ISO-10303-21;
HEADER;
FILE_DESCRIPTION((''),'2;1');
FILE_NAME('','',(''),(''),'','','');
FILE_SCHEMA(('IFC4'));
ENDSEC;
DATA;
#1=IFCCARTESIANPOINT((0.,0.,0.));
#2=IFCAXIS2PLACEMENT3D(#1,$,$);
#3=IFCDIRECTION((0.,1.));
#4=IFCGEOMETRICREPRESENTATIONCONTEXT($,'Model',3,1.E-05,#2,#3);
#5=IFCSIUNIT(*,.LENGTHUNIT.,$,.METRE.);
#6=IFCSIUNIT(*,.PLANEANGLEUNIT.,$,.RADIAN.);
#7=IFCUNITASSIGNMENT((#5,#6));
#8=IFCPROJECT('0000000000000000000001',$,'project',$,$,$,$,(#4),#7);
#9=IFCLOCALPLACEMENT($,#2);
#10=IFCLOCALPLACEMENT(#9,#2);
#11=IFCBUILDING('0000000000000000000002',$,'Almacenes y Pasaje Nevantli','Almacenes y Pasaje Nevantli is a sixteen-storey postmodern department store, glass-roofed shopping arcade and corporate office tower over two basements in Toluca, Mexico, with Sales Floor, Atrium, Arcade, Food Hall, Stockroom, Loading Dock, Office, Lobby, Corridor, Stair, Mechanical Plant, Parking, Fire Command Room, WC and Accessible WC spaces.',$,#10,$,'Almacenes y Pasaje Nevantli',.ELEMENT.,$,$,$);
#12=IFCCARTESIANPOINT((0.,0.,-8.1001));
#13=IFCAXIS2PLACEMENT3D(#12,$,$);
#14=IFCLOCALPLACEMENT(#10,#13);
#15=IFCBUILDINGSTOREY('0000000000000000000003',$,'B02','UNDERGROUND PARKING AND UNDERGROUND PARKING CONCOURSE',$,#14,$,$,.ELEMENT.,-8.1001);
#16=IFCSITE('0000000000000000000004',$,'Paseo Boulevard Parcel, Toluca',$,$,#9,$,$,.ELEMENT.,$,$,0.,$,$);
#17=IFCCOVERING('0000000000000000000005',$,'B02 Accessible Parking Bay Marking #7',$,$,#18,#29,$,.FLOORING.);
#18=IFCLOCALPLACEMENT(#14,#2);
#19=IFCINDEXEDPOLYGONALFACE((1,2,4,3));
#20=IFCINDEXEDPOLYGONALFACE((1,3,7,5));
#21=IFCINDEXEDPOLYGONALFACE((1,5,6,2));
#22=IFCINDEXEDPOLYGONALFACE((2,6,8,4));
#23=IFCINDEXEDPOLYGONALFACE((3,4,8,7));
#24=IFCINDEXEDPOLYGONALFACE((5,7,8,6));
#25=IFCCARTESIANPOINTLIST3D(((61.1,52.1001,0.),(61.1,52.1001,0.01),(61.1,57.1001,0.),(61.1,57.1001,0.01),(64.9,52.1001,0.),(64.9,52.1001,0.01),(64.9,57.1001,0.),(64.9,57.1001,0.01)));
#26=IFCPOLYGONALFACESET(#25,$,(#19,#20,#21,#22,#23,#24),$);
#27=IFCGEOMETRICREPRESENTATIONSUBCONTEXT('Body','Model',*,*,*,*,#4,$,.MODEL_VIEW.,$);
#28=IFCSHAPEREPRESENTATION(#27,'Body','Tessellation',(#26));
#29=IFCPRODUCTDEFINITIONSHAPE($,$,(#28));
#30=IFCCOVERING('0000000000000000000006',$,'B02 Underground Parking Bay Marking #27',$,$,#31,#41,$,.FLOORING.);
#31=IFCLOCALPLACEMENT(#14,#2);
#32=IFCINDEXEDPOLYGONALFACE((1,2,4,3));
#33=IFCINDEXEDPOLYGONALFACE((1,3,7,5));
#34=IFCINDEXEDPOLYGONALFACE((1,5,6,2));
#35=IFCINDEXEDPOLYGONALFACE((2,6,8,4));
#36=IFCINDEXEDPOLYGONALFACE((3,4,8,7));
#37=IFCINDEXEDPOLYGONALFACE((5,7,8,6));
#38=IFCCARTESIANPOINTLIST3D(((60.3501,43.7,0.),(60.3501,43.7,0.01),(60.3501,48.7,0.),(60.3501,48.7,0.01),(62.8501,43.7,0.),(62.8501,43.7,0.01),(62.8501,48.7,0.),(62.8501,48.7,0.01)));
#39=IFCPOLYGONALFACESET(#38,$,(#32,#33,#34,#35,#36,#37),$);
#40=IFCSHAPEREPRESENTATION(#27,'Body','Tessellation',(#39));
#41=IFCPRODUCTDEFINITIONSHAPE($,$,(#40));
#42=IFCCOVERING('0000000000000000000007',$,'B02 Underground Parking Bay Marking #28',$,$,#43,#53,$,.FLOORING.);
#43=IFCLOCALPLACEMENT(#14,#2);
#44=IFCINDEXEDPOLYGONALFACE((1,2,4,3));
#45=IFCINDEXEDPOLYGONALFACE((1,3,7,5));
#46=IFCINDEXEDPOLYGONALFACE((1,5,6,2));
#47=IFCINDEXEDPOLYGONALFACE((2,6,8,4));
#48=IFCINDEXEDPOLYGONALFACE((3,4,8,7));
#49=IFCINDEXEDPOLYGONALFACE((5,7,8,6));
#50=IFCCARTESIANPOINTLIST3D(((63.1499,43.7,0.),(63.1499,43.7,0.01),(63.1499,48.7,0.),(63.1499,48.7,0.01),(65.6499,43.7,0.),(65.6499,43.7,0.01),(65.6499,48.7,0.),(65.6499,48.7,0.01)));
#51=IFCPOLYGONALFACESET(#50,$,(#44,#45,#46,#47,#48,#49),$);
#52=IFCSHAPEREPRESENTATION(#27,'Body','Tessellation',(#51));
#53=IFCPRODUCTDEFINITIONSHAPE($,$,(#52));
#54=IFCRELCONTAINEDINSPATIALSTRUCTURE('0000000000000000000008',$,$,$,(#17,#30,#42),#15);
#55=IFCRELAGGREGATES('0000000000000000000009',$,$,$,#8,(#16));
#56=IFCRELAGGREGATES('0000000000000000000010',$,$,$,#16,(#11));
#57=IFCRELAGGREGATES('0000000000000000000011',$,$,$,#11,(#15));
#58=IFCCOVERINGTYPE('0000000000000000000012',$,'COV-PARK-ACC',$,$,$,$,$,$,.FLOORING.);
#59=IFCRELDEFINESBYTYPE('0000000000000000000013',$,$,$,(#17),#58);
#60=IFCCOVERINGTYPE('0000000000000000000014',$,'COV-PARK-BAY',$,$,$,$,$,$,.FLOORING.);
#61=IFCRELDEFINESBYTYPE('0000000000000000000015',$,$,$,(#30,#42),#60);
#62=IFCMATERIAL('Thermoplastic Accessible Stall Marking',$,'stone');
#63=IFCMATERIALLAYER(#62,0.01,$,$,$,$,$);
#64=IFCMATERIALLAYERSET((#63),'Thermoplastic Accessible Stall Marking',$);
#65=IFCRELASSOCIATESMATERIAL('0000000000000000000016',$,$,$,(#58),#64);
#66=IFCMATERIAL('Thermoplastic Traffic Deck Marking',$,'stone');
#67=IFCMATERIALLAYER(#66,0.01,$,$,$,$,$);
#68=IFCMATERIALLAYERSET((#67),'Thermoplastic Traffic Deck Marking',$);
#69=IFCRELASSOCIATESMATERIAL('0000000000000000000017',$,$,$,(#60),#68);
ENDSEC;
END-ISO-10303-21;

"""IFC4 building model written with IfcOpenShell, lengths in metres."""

from ifc_helpers import new_model, si_unit, direction, frame, origin, origin_2d, place, context, subcontext, project, spatial, rectangle, extrude, material, layer, layer_set, type_object, element, save


model = new_model("IFC4")

# Units and contexts
model_context = context("Model", 3, precision=1e-05, world=origin(), true_north=direction((0.0, 1.0)))
body_context = subcontext(model_context, "Body", "Model", "MODEL_VIEW")
ifc_project = project(units=[si_unit("LENGTHUNIT", "METRE"), si_unit("PLANEANGLEUNIT", "RADIAN")], contexts=[model_context])

# Site, building, storey
site_placement = place(None, origin())
site = spatial("IfcSite", under=ifc_project, at=site_placement, Name="Paseo Boulevard Parcel, Toluca", CompositionType="ELEMENT", RefElevation=0.0)
building_placement = place(site_placement, origin())
building = spatial("IfcBuilding", under=site, at=building_placement, Name="Almacenes y Pasaje Nevantli", Description="Almacenes y Pasaje Nevantli is a sixteen-storey postmodern department store, glass-roofed shopping arcade and corporate office tower over two basements in Toluca, Mexico, with Sales Floor, Atrium, Arcade, Food Hall, Stockroom, Loading Dock, Office, Lobby, Corridor, Stair, Mechanical Plant, Parking, Fire Command Room, WC and Accessible WC spaces.", LongName="Almacenes y Pasaje Nevantli", CompositionType="ELEMENT")
storey_placement = place(building_placement, frame((0.0, 0.0, -8.1001)))
storey = spatial("IfcBuildingStorey", under=building, at=storey_placement, Name="B02", Description="UNDERGROUND PARKING AND UNDERGROUND PARKING CONCOURSE", CompositionType="ELEMENT", Elevation=-8.1001)

# Coverings
ifc_material_1 = material(Name="Thermoplastic Accessible Stall Marking", Category="stone")
ifc_layer_1 = layer(ifc_material_1, 0.01)
ifc_layer_set_1 = layer_set([ifc_layer_1], Name="Thermoplastic Accessible Stall Marking")
covering_type_1 = type_object("IfcCoveringType", Name="COV-PARK-ACC", PredefinedType="FLOORING", material=ifc_layer_set_1)
covering_placement = place(storey_placement, frame((63.0, 54.6001, 0.0), z_axis=(0.0, 0.0, 1.0), x_axis=(1.0, 0.0, 0.0)))
element("IfcCovering", 1, at=covering_placement, inside=storey, type_object=covering_type_1, Name="B02 Accessible Parking Bay Marking #7", PredefinedType="FLOORING", context=body_context, shape_type="SweptSolid", body=[
    extrude(rectangle(XDim=3.8, YDim=5.0, at=origin_2d()), origin(), (0.0, 0.0, 1.0), 0.01),
])
ifc_material_2 = material(Name="Thermoplastic Traffic Deck Marking", Category="stone")
ifc_layer_2 = layer(ifc_material_2, 0.01)
ifc_layer_set_2 = layer_set([ifc_layer_2], Name="Thermoplastic Traffic Deck Marking")
covering_type_2 = type_object("IfcCoveringType", Name="COV-PARK-BAY", PredefinedType="FLOORING", material=ifc_layer_set_2)
for number, where, z_axis, x_axis, name in (
    (2, (61.6001, 46.2, 0.0), (0.0, 0.0, 1.0), (1.0, 0.0, 0.0), "B02 Underground Parking Bay Marking #27"),
    (3, (64.3999, 46.2, 0.0), (0.0, 0.0, 1.0), (1.0, 0.0, 0.0), "B02 Underground Parking Bay Marking #28"),
):
    element("IfcCovering", number, at=place(storey_placement, frame(where, z_axis=z_axis, x_axis=x_axis)), inside=storey, type_object=covering_type_2, Name=name, PredefinedType="FLOORING", context=body_context, shape_type="SweptSolid", body=[
        extrude(rectangle(XDim=2.5, YDim=5.0, at=origin_2d()), origin(), (0.0, 0.0, 1.0), 0.01),
    ])

save(model, "model.ifc")
